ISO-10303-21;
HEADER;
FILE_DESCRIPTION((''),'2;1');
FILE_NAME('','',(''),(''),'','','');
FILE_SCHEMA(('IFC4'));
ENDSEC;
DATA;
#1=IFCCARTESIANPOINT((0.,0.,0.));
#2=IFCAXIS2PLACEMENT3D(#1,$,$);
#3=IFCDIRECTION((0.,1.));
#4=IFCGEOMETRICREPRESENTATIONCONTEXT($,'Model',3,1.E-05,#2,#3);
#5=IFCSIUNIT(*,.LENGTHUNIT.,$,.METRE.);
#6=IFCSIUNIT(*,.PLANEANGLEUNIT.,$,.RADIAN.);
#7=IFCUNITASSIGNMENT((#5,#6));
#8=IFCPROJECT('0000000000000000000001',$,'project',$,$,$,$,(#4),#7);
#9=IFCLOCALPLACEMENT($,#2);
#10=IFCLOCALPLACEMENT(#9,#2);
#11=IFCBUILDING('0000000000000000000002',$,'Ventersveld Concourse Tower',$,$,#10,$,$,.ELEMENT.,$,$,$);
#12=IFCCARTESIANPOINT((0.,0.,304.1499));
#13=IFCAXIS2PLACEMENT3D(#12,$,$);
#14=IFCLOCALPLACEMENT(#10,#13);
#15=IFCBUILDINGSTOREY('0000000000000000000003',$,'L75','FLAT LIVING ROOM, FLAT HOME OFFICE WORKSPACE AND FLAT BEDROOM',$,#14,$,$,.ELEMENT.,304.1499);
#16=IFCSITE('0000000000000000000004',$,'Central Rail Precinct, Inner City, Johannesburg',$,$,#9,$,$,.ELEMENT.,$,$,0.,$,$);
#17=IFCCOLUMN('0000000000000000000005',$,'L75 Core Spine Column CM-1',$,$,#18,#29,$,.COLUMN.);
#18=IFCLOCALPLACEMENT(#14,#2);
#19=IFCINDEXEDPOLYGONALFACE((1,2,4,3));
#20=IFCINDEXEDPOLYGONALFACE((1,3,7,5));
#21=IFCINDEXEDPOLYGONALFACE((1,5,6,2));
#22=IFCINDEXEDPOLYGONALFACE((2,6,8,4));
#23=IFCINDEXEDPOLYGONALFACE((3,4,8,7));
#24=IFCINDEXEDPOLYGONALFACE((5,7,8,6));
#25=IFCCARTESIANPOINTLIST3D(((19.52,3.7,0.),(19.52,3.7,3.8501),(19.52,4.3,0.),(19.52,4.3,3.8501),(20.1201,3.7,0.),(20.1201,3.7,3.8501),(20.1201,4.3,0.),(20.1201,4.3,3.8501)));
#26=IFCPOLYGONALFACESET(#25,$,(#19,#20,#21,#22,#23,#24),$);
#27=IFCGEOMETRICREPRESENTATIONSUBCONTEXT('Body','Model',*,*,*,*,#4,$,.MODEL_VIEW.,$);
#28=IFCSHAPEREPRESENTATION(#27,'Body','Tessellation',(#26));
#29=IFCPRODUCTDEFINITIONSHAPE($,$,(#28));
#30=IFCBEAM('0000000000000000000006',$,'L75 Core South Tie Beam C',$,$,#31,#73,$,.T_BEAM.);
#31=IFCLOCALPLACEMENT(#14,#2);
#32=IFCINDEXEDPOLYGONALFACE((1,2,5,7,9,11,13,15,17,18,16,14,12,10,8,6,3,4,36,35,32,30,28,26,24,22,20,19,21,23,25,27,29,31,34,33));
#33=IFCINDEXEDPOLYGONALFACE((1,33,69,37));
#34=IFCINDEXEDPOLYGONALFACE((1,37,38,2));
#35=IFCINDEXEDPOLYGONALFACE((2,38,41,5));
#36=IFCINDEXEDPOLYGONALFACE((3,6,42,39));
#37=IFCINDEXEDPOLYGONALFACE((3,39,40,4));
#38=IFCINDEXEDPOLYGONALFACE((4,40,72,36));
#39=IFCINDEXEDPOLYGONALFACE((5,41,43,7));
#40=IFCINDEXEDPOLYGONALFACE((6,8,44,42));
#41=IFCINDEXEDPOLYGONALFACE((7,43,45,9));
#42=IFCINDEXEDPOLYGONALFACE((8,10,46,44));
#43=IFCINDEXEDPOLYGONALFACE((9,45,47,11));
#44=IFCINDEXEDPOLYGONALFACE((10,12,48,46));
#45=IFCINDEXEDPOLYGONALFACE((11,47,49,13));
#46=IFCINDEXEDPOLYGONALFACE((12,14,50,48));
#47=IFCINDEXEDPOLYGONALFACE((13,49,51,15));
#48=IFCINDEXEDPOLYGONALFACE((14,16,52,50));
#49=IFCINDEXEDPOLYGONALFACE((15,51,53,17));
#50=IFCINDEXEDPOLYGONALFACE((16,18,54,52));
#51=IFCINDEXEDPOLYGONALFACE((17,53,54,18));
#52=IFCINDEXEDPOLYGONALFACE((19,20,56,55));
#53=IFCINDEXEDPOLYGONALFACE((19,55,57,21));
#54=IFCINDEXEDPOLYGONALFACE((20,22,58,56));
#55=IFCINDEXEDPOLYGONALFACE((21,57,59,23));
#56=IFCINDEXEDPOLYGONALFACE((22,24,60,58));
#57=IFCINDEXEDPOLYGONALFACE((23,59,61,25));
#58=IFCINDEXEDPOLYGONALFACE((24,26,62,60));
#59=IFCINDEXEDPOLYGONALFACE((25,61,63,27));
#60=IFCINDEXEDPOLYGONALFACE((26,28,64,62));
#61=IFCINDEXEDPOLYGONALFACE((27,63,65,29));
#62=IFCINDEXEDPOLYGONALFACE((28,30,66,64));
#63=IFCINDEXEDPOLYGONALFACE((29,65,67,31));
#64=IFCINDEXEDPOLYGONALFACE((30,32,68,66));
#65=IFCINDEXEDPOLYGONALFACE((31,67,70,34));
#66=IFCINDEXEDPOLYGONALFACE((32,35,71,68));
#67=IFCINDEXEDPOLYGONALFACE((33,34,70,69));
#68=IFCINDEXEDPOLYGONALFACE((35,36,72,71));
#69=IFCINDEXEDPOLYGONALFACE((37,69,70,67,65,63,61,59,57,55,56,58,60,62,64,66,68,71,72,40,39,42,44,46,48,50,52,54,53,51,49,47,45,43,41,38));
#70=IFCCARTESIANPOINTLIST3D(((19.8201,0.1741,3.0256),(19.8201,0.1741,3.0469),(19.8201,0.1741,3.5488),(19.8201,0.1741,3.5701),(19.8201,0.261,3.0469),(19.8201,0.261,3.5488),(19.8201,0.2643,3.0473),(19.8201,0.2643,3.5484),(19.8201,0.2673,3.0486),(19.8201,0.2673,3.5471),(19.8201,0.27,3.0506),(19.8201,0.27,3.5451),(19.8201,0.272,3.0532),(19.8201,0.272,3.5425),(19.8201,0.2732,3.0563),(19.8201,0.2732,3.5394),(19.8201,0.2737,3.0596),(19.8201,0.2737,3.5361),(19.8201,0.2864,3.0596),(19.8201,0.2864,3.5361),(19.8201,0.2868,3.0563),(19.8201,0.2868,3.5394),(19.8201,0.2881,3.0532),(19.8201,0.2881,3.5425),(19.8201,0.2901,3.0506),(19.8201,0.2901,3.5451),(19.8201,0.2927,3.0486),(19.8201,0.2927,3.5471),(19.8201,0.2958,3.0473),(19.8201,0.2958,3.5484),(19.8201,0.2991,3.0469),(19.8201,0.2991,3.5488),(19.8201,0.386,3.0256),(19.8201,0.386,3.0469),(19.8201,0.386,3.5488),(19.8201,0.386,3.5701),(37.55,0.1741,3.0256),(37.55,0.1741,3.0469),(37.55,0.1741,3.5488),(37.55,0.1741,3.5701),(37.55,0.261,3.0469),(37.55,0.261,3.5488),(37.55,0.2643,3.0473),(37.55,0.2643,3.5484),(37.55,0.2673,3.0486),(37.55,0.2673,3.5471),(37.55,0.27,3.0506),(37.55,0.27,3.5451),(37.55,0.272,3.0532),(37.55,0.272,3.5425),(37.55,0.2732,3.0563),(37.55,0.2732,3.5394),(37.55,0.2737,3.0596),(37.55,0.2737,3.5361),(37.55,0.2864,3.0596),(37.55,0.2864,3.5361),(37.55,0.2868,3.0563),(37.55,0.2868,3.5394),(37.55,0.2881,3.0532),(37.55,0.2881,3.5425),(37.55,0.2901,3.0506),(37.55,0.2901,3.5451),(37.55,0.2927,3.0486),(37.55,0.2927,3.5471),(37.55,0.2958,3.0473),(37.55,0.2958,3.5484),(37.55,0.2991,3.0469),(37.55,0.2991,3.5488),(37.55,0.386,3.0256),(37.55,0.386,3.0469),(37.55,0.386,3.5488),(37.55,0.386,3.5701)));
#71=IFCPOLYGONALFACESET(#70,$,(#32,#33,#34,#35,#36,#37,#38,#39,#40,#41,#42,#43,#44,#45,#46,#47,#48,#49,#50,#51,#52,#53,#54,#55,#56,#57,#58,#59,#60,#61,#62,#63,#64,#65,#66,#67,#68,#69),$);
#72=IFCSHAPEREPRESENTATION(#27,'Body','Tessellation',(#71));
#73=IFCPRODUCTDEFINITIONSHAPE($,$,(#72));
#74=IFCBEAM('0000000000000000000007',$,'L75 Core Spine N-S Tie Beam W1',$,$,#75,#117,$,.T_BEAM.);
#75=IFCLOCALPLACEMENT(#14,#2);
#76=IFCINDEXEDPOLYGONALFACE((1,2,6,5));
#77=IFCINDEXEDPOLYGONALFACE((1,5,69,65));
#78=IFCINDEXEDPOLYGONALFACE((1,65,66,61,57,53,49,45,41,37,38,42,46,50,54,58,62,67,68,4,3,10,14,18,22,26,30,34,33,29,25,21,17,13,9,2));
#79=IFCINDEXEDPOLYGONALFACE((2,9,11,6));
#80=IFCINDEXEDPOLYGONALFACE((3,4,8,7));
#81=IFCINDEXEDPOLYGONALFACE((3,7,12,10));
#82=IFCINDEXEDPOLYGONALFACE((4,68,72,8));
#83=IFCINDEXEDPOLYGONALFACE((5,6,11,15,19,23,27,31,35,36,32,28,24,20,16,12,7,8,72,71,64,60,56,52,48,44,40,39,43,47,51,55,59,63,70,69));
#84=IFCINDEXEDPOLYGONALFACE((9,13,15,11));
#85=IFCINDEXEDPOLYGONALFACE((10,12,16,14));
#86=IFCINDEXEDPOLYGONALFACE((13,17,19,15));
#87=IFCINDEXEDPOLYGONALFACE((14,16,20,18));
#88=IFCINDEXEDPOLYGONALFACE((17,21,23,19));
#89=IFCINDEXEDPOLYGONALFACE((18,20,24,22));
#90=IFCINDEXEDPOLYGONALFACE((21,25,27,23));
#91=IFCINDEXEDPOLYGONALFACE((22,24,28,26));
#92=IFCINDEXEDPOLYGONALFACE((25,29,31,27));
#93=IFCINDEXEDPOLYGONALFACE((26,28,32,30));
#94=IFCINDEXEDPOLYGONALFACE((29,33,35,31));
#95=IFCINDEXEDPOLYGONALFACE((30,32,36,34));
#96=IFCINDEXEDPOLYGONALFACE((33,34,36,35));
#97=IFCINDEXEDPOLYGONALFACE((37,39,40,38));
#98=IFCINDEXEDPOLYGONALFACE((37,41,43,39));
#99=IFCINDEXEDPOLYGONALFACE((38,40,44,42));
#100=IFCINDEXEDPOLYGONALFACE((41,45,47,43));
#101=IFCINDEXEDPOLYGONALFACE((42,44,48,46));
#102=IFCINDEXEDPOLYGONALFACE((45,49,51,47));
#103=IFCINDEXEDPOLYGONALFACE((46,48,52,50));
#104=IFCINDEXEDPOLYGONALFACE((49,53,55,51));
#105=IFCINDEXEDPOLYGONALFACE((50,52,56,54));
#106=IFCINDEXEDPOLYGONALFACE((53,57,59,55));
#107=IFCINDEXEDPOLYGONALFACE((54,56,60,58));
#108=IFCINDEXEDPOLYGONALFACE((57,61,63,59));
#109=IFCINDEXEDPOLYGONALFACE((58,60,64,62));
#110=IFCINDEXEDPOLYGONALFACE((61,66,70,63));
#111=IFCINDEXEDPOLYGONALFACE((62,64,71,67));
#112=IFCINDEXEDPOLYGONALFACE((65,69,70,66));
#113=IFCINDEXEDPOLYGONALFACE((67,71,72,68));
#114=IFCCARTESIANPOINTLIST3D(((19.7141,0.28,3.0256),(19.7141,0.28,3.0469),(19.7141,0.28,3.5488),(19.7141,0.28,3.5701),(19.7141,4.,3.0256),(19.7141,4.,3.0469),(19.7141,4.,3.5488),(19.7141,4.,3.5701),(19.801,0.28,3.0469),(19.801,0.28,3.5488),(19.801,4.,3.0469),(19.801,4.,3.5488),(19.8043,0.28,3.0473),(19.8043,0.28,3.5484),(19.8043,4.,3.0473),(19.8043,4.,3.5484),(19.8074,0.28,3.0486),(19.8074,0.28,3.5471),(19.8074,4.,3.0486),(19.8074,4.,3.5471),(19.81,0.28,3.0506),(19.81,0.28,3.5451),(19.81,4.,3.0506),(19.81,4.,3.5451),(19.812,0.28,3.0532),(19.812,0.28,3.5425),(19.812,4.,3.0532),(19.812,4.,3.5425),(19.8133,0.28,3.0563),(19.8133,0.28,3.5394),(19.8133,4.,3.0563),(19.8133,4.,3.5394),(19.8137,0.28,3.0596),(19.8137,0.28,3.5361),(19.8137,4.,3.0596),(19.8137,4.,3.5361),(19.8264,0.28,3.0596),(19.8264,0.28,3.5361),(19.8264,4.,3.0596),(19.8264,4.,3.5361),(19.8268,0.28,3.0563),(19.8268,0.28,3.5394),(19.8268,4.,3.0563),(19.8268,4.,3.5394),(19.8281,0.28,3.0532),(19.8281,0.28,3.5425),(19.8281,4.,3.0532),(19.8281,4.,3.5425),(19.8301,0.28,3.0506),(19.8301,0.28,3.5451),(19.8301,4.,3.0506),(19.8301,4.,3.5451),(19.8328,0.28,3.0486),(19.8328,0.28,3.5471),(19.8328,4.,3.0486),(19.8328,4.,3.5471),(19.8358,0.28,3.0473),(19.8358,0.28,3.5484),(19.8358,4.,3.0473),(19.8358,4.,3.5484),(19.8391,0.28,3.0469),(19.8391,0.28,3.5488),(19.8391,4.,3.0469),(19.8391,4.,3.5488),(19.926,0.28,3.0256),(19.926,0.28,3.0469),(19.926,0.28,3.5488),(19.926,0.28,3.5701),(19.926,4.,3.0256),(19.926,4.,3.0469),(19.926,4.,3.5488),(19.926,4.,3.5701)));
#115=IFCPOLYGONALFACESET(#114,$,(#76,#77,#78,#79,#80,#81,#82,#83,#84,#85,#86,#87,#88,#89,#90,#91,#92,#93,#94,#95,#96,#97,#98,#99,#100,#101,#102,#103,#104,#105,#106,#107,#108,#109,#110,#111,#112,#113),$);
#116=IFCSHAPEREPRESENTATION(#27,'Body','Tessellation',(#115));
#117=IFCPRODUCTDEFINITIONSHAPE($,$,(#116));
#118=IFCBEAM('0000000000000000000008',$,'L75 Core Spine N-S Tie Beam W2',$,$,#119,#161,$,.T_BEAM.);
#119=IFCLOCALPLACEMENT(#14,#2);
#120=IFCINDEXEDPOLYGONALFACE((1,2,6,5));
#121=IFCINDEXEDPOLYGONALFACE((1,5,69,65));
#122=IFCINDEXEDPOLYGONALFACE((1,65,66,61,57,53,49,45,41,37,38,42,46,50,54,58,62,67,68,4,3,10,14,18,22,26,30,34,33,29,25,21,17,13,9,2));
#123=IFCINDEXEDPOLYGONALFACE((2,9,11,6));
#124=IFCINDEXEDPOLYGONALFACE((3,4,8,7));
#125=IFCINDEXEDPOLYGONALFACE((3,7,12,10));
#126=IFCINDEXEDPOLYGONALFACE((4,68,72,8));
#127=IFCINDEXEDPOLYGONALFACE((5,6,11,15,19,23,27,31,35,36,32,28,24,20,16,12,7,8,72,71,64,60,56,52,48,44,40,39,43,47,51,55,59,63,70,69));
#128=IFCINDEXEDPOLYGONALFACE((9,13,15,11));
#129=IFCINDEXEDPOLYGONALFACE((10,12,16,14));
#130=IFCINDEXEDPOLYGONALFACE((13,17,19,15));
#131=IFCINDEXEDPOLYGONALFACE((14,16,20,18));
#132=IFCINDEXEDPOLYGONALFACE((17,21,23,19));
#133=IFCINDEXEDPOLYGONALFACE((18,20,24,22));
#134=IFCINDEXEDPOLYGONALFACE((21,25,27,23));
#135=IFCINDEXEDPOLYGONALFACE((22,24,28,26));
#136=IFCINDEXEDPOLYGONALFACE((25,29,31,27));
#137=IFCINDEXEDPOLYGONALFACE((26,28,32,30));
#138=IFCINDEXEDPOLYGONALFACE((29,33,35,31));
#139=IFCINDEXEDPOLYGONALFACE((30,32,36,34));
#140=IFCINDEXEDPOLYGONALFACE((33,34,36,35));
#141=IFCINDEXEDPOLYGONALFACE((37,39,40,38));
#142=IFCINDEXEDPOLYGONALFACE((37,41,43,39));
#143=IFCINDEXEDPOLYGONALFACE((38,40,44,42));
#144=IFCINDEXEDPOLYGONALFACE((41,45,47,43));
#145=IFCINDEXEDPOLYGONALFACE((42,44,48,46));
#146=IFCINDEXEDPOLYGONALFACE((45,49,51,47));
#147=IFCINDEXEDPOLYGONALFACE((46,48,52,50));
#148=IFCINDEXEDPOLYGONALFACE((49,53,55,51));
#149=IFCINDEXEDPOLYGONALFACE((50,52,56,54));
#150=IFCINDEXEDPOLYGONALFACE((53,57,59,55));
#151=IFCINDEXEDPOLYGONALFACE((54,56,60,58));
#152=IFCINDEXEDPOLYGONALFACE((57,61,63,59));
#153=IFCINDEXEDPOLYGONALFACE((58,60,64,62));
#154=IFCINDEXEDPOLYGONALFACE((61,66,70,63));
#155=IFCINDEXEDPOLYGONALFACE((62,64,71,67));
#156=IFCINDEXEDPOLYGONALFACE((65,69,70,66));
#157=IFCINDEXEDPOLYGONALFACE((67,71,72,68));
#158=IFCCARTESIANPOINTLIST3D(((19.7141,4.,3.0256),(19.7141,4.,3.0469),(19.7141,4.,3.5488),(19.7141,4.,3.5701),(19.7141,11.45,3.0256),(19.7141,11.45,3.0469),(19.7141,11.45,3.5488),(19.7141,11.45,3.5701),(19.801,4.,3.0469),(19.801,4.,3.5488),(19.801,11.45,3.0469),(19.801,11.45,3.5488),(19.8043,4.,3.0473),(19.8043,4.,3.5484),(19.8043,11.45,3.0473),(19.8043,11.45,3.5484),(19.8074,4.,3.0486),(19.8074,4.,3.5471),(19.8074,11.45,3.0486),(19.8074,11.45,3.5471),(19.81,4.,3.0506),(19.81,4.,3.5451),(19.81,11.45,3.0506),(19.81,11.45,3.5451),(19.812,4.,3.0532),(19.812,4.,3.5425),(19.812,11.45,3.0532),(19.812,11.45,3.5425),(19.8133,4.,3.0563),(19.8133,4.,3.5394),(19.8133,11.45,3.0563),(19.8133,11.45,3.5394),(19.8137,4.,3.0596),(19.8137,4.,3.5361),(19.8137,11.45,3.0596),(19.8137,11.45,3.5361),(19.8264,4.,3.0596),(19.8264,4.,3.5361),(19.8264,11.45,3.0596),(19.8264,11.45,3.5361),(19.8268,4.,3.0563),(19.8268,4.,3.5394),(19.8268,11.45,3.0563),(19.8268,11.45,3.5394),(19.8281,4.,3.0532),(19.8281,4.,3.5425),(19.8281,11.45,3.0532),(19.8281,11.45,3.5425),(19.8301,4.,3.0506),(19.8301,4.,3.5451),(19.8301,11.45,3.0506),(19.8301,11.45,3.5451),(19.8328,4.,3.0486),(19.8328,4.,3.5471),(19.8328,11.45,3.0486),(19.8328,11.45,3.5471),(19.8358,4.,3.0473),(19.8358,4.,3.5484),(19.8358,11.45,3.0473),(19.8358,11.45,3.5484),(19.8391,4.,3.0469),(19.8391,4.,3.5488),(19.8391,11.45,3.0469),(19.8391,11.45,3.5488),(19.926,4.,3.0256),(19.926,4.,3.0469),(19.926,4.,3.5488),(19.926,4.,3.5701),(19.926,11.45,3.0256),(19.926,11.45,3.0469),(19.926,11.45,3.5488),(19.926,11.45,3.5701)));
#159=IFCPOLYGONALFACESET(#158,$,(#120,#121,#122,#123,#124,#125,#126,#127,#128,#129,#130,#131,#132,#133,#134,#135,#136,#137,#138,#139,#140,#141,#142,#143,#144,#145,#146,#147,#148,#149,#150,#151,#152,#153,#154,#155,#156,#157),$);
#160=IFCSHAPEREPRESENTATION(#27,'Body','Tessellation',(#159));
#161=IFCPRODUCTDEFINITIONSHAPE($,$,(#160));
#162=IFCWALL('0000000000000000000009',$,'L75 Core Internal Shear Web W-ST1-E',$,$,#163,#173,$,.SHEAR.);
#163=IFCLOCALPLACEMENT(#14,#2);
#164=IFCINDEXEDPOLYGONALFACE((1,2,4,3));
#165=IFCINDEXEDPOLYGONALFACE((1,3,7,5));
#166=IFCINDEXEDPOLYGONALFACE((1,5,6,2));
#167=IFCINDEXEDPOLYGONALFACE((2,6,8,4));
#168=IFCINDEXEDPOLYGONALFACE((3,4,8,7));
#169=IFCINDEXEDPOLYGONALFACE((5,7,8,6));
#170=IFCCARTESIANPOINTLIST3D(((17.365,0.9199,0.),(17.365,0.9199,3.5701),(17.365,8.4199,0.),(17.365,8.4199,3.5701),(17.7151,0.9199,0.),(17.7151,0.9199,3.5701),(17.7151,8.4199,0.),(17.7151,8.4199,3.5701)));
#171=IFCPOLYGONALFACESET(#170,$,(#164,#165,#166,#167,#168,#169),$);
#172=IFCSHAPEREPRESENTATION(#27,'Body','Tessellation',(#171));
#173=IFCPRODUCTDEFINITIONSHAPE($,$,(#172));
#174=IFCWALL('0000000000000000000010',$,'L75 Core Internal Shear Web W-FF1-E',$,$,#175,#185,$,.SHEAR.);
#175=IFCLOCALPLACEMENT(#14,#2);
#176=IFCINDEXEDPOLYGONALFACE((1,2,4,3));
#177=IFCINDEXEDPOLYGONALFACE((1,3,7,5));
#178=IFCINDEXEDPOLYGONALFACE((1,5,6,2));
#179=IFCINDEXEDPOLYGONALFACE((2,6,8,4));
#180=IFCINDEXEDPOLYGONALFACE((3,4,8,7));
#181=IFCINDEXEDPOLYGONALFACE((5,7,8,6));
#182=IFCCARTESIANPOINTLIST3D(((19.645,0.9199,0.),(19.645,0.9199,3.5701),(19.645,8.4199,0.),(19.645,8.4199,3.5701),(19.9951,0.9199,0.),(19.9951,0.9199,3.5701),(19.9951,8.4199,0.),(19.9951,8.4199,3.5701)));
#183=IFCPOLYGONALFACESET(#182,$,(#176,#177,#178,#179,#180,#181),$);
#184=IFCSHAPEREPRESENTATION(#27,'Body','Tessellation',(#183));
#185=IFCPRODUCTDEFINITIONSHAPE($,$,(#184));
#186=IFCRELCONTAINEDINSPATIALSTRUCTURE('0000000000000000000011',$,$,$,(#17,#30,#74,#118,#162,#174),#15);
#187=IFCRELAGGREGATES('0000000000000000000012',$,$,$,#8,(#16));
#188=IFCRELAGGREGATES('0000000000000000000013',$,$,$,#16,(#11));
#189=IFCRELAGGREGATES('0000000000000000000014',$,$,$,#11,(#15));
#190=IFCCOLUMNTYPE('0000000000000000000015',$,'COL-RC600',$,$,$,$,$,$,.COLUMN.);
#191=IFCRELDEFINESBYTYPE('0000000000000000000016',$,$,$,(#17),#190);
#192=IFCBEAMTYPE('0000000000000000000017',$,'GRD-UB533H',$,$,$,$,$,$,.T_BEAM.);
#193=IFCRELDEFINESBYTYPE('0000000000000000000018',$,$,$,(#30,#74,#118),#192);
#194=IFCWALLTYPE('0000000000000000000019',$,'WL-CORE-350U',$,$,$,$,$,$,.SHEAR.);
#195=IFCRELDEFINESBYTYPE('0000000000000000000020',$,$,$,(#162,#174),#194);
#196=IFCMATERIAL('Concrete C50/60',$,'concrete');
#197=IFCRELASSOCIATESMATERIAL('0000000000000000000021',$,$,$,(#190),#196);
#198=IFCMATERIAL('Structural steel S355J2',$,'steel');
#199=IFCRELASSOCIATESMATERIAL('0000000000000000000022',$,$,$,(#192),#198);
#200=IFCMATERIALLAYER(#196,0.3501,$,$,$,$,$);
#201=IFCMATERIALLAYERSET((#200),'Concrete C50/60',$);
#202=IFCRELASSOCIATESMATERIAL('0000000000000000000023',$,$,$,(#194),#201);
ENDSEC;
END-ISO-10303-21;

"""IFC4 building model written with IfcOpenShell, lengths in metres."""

from ifc_helpers import new_model, si_unit, direction, frame, frame_2d, origin, origin_2d, place, context, subcontext, project, spatial, rectangle, i_section, extrude, material, layer, layer_set, material_profile, profile_set, type_object, element, save


model = new_model("IFC4")

# Units and contexts
model_context = context("Model", 3, precision=1e-05, world=origin(), true_north=direction((0.0, 1.0)))
body_context = subcontext(model_context, "Body", "Model", "MODEL_VIEW")
ifc_project = project(units=[si_unit("LENGTHUNIT", "METRE"), si_unit("PLANEANGLEUNIT", "RADIAN")], contexts=[model_context])

# Site, building, storey
site_placement = place(None, origin())
site = spatial("IfcSite", under=ifc_project, at=site_placement, Name="Central Rail Precinct, Inner City, Johannesburg", CompositionType="ELEMENT", RefElevation=0.0)
building_placement = place(site_placement, origin())
building = spatial("IfcBuilding", under=site, at=building_placement, Name="Ventersveld Concourse Tower", CompositionType="ELEMENT")
storey_placement = place(building_placement, frame((0.0, 0.0, 304.1499)))
storey = spatial("IfcBuildingStorey", under=building, at=storey_placement, Name="L75", Description="FLAT LIVING ROOM, FLAT HOME OFFICE WORKSPACE AND FLAT BEDROOM", CompositionType="ELEMENT", Elevation=304.1499)

# Column
ifc_material_1 = material(Name="Concrete C50/60", Category="concrete")
ifc_material_profile_1 = material_profile(ifc_material_1, rectangle(XDim=0.6001, YDim=0.6001, at=origin_2d()), Name="RC 600x600")
ifc_profile_set_1 = profile_set([ifc_material_profile_1], Name="Concrete C50/60")
column_type = type_object("IfcColumnType", Name="COL-RC600", PredefinedType="COLUMN", material=ifc_profile_set_1)
column_placement = place(storey_placement, frame((19.8201, 4.0, 0.0), z_axis=(0.0, 0.0, 1.0), x_axis=(1.0, 0.0, 0.0)))
element("IfcColumn", 1, at=column_placement, inside=storey, type_object=column_type, Name="L75 Core Spine Column CM-1", PredefinedType="COLUMN", context=body_context, shape_type="SweptSolid", body=[
    extrude(rectangle(XDim=0.6001, YDim=0.6001, at=origin_2d()), origin(), (0.0, 0.0, 1.0), 3.8501),
])

# Beams
ifc_material_2 = material(Name="Structural steel S355J2", Category="steel")
ifc_material_profile_2 = material_profile(ifc_material_2, i_section(OverallWidth=0.2119, OverallDepth=0.5444, WebThickness=0.0127, FlangeThickness=0.0212, FilletRadius=0.0127, at=origin_2d()), Name="UB 533x210x122")
ifc_profile_set_2 = profile_set([ifc_material_profile_2], Name="Structural steel S355J2")
beam_type = type_object("IfcBeamType", Name="GRD-UB533H", PredefinedType="T_BEAM", material=ifc_profile_set_2)
beam_1_placement = place(storey_placement, frame((19.8201, 0.28, 3.2979), z_axis=(1.0, 0.0, 0.0), x_axis=(0.0, 1.0, 0.0)))
element("IfcBeam", 2, at=beam_1_placement, inside=storey, type_object=beam_type, Name="L75 Core South Tie Beam C", PredefinedType="T_BEAM", context=body_context, shape_type="SweptSolid", body=[
    extrude(i_section(OverallWidth=0.2119, OverallDepth=0.5444, WebThickness=0.0127, FlangeThickness=0.0212, FilletRadius=0.0127, at=origin_2d()), origin(), (0.0, 0.0, 1.0), 17.73),
])
beam_2_placement = place(storey_placement, frame((19.8201, 0.28, 3.2979), z_axis=(0.0, 1.0, 0.0), x_axis=(-1.0, 0.0, 0.0)))
element("IfcBeam", 3, at=beam_2_placement, inside=storey, type_object=beam_type, Name="L75 Core Spine N-S Tie Beam W1", PredefinedType="T_BEAM", context=body_context, shape_type="SweptSolid", body=[
    extrude(i_section(OverallWidth=0.2119, OverallDepth=0.5444, WebThickness=0.0127, FlangeThickness=0.0212, FilletRadius=0.0127, at=origin_2d()), origin(), (0.0, 0.0, 1.0), 3.72),
])
beam_3_placement = place(storey_placement, frame((19.8201, 4.0, 3.2979), z_axis=(0.0, 1.0, 0.0), x_axis=(-1.0, 0.0, 0.0)))
element("IfcBeam", 4, at=beam_3_placement, inside=storey, type_object=beam_type, Name="L75 Core Spine N-S Tie Beam W2", PredefinedType="T_BEAM", context=body_context, shape_type="SweptSolid", body=[
    extrude(i_section(OverallWidth=0.2119, OverallDepth=0.5444, WebThickness=0.0127, FlangeThickness=0.0212, FilletRadius=0.0127, at=origin_2d()), origin(), (0.0, 0.0, 1.0), 7.45),
])

# Walls
ifc_layer_1 = layer(ifc_material_1, 0.3501)
ifc_layer_set_1 = layer_set([ifc_layer_1], Name="Concrete C50/60")
wall_type_1 = type_object("IfcWallType", Name="WL-CORE-350U", PredefinedType="SHEAR", material=ifc_layer_set_1)
for number, where, z_axis, x_axis, name in (
    (5, (17.54, 0.9199, 0.0), (0.0, 0.0, 1.0), (0.0, 1.0, 0.0), "L75 Core Internal Shear Web W-ST1-E"),
    (6, (19.8201, 0.9199, 0.0), (0.0, 0.0, 1.0), (0.0, 1.0, 0.0), "L75 Core Internal Shear Web W-FF1-E"),
):
    element("IfcWall", number, at=place(storey_placement, frame(where, z_axis=z_axis, x_axis=x_axis)), inside=storey, type_object=wall_type_1, Name=name, PredefinedType="SHEAR", context=body_context, shape_type="SweptSolid", body=[
        extrude(rectangle(XDim=7.5, YDim=0.3501, at=frame_2d((3.75, 0.0))), origin(), (0.0, 0.0, 1.0), 3.5701),
    ])

save(model, "model.ifc")
